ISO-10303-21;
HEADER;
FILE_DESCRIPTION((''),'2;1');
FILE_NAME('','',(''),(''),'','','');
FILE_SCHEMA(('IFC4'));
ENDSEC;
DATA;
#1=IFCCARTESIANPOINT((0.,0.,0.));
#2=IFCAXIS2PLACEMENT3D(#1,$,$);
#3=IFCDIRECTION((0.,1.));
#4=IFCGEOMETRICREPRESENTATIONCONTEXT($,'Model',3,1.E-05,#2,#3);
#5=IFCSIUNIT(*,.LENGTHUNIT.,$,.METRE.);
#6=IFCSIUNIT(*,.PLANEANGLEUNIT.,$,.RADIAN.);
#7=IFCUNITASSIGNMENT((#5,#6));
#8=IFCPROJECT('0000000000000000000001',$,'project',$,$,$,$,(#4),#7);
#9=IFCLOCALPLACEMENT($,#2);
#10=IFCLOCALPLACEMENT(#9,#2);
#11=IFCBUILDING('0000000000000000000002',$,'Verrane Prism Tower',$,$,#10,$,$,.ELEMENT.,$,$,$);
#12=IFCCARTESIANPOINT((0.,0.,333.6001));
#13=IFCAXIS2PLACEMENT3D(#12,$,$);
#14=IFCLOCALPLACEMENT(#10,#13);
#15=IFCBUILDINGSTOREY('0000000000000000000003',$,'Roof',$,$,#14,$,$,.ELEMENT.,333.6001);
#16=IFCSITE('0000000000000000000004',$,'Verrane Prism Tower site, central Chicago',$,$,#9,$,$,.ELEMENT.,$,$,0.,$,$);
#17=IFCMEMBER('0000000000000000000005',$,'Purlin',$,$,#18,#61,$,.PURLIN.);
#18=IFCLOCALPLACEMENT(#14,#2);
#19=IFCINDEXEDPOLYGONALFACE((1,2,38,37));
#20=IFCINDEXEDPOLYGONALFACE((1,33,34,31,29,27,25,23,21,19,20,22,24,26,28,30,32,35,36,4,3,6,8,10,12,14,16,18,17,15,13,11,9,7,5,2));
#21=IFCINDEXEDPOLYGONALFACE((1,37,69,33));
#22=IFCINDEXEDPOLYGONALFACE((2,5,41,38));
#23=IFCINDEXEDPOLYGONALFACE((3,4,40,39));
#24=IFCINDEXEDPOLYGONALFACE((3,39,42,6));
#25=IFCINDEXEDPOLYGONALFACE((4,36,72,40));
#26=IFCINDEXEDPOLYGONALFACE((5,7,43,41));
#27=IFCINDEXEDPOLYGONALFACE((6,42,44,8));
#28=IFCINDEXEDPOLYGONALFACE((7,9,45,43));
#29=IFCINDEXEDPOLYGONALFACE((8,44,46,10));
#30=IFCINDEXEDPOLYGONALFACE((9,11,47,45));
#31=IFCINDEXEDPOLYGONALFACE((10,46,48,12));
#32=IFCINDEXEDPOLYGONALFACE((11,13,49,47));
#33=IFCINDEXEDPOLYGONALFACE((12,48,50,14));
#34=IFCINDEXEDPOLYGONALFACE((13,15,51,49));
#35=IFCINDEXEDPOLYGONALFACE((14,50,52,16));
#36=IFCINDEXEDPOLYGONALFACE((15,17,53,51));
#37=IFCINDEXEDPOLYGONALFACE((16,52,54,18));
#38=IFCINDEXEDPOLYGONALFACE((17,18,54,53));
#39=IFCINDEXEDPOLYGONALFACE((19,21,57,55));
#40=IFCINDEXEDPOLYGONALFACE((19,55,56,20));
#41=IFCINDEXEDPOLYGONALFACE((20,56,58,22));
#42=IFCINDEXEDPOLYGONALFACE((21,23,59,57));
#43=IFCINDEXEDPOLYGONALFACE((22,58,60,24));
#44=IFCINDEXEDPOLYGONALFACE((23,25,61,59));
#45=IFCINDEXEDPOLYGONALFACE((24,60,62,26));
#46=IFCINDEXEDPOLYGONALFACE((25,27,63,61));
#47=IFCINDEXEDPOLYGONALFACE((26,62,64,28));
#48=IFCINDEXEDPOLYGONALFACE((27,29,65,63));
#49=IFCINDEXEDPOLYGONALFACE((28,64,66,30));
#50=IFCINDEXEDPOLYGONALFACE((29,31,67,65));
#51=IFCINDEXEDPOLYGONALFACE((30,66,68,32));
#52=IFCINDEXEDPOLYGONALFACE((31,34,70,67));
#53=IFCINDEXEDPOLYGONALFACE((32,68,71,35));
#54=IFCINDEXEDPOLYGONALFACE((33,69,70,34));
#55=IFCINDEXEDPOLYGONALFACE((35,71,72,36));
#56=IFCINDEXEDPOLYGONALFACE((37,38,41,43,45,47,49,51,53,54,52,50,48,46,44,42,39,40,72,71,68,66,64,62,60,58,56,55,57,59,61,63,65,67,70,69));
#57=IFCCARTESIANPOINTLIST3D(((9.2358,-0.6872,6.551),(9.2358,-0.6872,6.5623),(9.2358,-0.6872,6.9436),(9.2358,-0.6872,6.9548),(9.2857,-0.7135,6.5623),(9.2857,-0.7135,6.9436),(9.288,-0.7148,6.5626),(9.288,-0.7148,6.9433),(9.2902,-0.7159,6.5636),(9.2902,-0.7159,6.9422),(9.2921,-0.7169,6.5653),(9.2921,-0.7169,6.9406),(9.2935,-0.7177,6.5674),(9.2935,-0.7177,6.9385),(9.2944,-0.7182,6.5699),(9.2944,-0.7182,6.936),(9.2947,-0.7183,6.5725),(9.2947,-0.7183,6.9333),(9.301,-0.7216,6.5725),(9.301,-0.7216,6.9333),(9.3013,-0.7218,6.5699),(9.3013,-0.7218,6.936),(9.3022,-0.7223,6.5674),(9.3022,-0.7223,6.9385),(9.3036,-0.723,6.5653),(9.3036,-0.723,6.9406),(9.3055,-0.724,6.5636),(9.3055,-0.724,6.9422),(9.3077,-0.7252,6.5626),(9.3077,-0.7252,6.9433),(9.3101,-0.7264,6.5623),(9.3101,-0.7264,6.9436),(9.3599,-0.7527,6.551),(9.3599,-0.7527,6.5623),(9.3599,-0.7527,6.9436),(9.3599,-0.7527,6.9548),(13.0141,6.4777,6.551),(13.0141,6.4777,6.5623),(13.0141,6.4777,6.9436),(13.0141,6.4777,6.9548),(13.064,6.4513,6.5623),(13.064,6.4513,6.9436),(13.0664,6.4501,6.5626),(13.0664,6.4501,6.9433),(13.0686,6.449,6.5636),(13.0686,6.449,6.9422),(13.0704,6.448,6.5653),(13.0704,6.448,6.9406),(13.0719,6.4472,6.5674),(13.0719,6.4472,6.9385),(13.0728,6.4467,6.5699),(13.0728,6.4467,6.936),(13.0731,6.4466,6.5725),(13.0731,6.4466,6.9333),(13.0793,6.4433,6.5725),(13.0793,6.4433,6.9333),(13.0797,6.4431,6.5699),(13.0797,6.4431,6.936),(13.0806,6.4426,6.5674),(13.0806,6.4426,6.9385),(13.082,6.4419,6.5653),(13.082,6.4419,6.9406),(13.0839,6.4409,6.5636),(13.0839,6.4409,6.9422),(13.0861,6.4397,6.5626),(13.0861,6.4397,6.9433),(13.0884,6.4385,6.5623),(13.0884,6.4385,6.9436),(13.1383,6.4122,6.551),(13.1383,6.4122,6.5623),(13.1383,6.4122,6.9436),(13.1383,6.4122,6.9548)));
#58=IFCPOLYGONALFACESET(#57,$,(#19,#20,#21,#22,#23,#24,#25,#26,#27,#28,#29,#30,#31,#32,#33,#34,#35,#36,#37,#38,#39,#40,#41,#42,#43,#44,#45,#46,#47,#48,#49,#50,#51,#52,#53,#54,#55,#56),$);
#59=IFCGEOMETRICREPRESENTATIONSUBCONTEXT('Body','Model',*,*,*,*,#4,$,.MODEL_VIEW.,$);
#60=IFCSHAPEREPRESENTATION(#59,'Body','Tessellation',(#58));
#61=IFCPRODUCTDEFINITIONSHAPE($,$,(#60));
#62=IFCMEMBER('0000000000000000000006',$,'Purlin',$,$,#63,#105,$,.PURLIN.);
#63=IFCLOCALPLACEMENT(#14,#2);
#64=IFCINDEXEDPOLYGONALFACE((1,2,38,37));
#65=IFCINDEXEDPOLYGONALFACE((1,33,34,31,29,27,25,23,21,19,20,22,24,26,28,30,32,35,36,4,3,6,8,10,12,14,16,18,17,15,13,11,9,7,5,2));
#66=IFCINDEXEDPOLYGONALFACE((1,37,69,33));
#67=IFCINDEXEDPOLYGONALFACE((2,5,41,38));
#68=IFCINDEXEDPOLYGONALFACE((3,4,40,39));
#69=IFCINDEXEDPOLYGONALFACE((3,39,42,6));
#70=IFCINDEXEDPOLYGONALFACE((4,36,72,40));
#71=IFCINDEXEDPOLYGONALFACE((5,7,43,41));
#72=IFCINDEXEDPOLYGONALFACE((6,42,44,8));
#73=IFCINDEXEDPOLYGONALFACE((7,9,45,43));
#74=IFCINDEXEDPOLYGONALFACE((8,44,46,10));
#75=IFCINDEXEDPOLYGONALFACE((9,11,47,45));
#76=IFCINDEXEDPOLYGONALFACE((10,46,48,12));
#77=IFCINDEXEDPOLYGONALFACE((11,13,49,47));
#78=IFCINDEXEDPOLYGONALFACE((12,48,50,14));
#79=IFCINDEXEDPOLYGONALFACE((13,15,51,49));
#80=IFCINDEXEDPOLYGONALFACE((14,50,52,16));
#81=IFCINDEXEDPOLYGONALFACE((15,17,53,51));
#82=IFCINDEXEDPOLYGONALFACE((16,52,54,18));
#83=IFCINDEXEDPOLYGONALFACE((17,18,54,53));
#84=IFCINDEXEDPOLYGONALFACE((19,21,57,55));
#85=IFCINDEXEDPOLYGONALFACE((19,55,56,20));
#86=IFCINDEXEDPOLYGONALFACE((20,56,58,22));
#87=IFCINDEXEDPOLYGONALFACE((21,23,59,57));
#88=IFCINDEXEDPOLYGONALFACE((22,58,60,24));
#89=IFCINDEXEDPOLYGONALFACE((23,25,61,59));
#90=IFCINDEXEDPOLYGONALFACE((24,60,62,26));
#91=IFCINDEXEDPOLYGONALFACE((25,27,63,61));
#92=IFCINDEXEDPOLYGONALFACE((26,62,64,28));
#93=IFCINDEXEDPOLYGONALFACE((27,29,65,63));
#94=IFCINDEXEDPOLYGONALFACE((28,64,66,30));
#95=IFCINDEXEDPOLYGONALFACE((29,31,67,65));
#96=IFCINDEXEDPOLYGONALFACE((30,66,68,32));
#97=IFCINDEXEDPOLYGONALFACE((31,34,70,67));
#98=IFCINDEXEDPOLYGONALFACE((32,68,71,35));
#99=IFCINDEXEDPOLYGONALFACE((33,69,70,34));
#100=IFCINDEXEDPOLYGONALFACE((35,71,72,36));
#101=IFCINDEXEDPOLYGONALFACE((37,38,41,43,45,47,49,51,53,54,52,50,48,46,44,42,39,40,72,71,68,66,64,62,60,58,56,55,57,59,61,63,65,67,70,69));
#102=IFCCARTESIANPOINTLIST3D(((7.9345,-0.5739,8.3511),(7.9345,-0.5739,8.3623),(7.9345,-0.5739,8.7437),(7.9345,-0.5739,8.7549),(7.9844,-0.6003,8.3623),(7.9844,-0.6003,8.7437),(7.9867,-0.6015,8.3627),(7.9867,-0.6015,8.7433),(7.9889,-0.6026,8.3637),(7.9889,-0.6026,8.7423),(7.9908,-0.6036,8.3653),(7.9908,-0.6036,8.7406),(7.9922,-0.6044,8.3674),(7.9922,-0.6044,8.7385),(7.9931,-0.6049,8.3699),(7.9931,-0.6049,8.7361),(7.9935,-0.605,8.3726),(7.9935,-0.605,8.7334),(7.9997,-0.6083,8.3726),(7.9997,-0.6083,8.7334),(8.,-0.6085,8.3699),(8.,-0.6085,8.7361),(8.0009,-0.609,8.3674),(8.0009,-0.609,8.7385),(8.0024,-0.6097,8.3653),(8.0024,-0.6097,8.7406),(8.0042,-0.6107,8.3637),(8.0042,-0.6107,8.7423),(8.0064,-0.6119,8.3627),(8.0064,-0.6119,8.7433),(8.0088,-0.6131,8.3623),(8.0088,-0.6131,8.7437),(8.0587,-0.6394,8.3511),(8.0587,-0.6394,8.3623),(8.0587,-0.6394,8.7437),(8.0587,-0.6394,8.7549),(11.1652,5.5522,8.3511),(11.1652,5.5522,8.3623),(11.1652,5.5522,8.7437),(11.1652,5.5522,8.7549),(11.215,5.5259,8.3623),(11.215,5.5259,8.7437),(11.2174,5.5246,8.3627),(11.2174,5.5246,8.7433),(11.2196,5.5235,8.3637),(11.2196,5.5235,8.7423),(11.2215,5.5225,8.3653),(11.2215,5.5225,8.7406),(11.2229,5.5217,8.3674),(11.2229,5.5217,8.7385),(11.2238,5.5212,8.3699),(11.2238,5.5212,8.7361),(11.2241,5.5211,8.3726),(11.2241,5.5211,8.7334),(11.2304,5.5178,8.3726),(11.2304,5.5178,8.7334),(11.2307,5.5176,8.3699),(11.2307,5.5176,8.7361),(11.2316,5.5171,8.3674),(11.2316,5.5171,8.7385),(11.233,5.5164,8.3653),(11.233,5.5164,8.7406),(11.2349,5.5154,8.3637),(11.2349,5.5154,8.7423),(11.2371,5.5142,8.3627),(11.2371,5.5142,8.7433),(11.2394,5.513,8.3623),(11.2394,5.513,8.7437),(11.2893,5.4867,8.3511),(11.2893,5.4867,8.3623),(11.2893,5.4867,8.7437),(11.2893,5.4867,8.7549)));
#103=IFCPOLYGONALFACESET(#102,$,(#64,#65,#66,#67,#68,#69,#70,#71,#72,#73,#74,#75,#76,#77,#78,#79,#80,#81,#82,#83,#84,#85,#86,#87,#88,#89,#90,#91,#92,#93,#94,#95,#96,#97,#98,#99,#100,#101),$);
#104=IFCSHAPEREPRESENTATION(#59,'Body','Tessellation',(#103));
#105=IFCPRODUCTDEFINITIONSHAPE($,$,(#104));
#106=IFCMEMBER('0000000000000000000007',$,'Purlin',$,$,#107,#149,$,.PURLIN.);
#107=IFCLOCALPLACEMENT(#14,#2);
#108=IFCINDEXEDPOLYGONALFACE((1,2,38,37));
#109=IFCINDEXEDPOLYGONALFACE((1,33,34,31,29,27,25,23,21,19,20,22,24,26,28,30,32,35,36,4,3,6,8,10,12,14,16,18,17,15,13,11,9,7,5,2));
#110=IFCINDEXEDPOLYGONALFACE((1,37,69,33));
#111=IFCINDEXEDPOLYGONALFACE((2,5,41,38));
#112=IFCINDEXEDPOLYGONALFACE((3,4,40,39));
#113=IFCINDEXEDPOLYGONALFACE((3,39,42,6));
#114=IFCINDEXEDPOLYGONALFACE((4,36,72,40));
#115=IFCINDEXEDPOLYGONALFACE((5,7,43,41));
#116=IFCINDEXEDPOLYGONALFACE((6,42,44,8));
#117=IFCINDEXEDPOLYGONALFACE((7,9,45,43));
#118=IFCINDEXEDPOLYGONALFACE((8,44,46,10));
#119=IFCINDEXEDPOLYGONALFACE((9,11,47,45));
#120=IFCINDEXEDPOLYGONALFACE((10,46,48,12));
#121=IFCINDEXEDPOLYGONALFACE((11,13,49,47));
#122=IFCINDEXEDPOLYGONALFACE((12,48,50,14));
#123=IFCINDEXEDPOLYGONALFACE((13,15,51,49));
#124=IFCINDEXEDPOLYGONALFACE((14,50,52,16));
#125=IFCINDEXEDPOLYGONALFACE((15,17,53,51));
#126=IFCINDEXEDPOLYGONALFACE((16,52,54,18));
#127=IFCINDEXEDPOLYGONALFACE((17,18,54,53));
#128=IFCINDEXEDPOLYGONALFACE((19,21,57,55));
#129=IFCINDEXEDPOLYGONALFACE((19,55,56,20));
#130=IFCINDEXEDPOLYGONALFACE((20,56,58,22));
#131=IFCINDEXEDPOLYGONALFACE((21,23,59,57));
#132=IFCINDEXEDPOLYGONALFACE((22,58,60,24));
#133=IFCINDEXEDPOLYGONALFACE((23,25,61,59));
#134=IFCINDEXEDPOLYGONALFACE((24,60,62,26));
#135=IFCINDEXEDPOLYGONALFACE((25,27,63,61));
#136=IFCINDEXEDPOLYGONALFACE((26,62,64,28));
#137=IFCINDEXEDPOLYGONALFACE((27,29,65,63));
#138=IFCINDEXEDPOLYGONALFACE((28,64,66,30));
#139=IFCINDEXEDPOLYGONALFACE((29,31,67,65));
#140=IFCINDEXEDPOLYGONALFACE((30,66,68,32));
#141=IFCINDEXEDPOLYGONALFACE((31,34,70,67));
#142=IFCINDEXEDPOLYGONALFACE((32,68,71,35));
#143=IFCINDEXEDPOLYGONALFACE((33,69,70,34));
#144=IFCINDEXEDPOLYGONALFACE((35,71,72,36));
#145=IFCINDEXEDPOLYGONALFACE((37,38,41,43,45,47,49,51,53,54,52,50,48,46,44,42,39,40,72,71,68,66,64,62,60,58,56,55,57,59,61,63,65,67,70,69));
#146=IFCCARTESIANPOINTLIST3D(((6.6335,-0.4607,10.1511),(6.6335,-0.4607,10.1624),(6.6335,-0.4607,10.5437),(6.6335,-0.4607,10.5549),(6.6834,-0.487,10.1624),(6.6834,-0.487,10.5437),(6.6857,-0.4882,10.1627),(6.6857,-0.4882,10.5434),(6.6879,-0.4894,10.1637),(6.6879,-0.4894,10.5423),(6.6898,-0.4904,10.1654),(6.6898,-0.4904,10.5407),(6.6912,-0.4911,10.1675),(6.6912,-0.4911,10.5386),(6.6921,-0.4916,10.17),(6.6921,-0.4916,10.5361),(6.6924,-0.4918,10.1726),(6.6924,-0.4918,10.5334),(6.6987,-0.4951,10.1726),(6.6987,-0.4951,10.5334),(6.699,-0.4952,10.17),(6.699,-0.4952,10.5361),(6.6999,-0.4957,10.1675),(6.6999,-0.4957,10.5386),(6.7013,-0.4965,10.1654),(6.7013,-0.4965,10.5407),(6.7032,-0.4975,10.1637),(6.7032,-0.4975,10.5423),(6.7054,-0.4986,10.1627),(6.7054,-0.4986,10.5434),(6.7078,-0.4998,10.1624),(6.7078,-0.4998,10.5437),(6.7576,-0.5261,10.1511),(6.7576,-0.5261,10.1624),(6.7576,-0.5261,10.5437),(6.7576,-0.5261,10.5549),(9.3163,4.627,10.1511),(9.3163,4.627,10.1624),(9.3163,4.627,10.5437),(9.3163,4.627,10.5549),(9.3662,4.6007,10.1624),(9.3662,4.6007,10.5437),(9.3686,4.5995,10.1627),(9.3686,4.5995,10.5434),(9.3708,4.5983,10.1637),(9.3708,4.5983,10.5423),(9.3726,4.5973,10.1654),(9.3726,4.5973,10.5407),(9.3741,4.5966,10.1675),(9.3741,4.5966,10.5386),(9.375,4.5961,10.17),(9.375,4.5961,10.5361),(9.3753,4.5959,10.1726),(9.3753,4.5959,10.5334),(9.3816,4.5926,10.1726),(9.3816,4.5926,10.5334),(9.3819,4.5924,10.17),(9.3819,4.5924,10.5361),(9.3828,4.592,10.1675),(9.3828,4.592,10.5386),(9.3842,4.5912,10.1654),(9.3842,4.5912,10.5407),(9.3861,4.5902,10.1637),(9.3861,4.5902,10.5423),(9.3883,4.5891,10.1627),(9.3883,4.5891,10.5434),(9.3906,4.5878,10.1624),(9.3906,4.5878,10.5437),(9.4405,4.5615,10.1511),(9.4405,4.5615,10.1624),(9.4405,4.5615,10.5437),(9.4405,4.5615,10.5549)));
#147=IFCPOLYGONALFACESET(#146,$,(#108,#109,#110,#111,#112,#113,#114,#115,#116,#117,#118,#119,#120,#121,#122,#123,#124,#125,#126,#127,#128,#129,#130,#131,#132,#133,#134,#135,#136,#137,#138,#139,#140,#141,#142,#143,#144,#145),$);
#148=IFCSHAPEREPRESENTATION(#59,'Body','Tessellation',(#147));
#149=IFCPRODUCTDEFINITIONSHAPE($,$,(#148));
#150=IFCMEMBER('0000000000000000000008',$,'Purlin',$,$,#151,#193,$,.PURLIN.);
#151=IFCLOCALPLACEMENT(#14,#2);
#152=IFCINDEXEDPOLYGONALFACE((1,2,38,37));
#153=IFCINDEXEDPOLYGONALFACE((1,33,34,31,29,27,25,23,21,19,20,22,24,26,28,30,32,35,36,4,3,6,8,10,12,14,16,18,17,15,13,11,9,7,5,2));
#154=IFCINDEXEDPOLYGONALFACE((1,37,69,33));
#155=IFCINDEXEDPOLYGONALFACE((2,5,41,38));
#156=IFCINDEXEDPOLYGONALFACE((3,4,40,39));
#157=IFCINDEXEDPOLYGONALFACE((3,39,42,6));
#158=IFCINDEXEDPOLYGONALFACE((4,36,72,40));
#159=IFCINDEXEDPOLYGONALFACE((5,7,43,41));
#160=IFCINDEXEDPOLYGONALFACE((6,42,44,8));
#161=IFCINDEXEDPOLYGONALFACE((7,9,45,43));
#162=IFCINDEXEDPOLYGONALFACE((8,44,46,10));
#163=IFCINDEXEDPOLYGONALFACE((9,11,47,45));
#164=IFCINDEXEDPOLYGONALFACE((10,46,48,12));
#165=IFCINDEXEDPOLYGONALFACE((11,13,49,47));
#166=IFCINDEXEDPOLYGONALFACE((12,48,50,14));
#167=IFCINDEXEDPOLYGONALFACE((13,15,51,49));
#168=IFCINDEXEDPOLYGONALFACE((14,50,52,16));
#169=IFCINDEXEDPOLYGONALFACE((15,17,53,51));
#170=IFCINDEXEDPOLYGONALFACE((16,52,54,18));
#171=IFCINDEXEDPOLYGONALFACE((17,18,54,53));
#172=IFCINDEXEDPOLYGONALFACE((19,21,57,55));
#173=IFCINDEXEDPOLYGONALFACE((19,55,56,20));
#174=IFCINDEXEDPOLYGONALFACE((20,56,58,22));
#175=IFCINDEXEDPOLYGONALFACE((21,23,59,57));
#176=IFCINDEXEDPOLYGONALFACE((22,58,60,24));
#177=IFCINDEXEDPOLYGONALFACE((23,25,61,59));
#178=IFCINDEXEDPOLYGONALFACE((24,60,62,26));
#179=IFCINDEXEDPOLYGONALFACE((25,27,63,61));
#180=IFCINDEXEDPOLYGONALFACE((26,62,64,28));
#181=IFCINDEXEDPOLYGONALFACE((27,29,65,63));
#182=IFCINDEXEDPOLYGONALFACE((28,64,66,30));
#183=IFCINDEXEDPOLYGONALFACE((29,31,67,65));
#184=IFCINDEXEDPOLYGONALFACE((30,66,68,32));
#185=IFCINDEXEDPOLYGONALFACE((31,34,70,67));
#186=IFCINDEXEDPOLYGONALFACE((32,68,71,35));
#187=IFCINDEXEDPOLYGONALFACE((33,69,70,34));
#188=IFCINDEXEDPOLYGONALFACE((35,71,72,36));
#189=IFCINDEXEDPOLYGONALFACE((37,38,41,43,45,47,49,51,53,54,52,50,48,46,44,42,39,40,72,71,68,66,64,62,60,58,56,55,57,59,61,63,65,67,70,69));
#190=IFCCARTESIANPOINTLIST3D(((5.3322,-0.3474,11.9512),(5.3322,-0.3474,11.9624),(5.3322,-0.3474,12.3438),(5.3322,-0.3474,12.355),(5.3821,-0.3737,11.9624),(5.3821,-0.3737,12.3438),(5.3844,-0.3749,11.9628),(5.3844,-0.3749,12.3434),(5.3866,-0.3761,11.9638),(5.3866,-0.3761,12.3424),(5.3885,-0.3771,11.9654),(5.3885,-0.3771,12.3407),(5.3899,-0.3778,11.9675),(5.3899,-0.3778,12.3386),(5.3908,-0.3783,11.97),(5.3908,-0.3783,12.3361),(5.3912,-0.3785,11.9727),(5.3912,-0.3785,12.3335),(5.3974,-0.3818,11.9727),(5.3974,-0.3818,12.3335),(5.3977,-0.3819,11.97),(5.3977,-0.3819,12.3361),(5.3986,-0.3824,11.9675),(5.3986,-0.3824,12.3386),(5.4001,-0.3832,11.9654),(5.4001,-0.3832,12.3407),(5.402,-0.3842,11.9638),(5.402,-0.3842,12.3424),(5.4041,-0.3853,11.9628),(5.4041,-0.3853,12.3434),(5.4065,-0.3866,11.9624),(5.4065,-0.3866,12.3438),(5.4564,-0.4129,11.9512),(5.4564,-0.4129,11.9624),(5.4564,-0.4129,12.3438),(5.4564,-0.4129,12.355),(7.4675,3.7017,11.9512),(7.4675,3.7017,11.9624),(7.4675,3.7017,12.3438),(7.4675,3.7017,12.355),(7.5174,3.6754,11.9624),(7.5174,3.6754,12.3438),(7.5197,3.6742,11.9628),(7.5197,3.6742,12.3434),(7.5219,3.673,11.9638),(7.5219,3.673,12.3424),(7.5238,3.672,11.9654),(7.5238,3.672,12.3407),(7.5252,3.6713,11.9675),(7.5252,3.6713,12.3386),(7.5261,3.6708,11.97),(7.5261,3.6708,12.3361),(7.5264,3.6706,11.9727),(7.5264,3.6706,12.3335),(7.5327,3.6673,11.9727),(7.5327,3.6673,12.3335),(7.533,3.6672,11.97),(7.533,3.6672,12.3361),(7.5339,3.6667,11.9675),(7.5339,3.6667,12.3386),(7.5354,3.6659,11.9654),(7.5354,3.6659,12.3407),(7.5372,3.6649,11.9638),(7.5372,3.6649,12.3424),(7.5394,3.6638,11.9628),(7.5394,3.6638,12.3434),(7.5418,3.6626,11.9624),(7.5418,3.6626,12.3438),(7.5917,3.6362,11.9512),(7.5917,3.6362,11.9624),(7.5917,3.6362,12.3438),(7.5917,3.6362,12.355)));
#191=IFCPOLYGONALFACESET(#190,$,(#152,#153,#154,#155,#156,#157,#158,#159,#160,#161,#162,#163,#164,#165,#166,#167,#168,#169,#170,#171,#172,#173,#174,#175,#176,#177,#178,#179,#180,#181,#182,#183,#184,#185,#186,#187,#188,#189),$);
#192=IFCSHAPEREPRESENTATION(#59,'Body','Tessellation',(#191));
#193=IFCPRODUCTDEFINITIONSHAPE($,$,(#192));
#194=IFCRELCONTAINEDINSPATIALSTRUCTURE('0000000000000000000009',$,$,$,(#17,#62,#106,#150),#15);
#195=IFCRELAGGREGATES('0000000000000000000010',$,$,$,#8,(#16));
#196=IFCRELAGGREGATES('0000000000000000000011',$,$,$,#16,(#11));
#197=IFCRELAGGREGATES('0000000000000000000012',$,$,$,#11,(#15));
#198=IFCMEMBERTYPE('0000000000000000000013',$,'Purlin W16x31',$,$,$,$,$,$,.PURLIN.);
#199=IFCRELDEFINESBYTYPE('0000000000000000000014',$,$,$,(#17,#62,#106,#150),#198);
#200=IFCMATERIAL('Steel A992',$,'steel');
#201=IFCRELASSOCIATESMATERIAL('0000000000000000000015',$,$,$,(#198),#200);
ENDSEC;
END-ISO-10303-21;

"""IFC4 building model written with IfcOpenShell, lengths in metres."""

from ifc_helpers import new_model, si_unit, direction, frame, origin, origin_2d, place, context, subcontext, project, spatial, i_section, extrude, material, material_profile, profile_set, type_object, element, save


model = new_model("IFC4")

# Units and contexts
model_context = context("Model", 3, precision=1e-05, world=origin(), true_north=direction((0.0, 1.0)))
body_context = subcontext(model_context, "Body", "Model", "MODEL_VIEW")
ifc_project = project(units=[si_unit("LENGTHUNIT", "METRE"), si_unit("PLANEANGLEUNIT", "RADIAN")], contexts=[model_context])

# Site, building, storey
site_placement = place(None, origin())
site = spatial("IfcSite", under=ifc_project, at=site_placement, Name="Verrane Prism Tower site, central Chicago", CompositionType="ELEMENT", RefElevation=0.0)
building_placement = place(site_placement, origin())
building = spatial("IfcBuilding", under=site, at=building_placement, Name="Verrane Prism Tower", CompositionType="ELEMENT")
storey_placement = place(building_placement, frame((0.0, 0.0, 333.6001)))
storey = spatial("IfcBuildingStorey", under=building, at=storey_placement, Name="Roof", CompositionType="ELEMENT", Elevation=333.6001)

# Members
ifc_material_1 = material(Name="Steel A992", Category="steel")
ifc_material_profile_1 = material_profile(ifc_material_1, i_section(OverallWidth=0.1404, OverallDepth=0.4038, WebThickness=0.0071, FlangeThickness=0.0112, FilletRadius=0.0103, at=origin_2d()), Name="W16x31")
ifc_profile_set_1 = profile_set([ifc_material_profile_1], Name="Steel A992")
member_type_1 = type_object("IfcMemberType", Name="Purlin W16x31", PredefinedType="PURLIN", material=ifc_profile_set_1)
member_1_placement = place(storey_placement, frame((9.2979, -0.72, 6.7529), z_axis=(0.466459, 0.884543, 0.0), x_axis=(-0.884543, 0.466459, 0.0)))
element("IfcMember", 1, at=member_1_placement, inside=storey, type_object=member_type_1, Name="Purlin", PredefinedType="PURLIN", context=body_context, shape_type="SweptSolid", body=[
    extrude(i_section(OverallWidth=0.1404, OverallDepth=0.4038, WebThickness=0.0071, FlangeThickness=0.0112, FilletRadius=0.0103, at=origin_2d()), origin(), (0.0, 0.0, 1.0), 8.1001),
])
member_2_placement = place(storey_placement, frame((7.9966, -0.6067, 8.553), z_axis=(0.466468, 0.884538, 0.0), x_axis=(-0.884538, 0.466468, 0.0)))
element("IfcMember", 2, at=member_2_placement, inside=storey, type_object=member_type_1, Name="Purlin", PredefinedType="PURLIN", context=body_context, shape_type="SweptSolid", body=[
    extrude(i_section(OverallWidth=0.1404, OverallDepth=0.4038, WebThickness=0.0071, FlangeThickness=0.0112, FilletRadius=0.0103, at=origin_2d()), origin(), (0.0, 0.0, 1.0), 6.9258),
])
member_3_placement = place(storey_placement, frame((6.6956, -0.4934, 10.353), z_axis=(0.466448, 0.884549, 0.0), x_axis=(-0.884549, 0.466448, 0.0)))
element("IfcMember", 3, at=member_3_placement, inside=storey, type_object=member_type_1, Name="Purlin", PredefinedType="PURLIN", context=body_context, shape_type="SweptSolid", body=[
    extrude(i_section(OverallWidth=0.1404, OverallDepth=0.4038, WebThickness=0.0071, FlangeThickness=0.0112, FilletRadius=0.0103, at=origin_2d()), origin(), (0.0, 0.0, 1.0), 5.7517),
])
member_4_placement = place(storey_placement, frame((5.3943, -0.3801, 12.1531), z_axis=(0.466458, 0.884543, 0.0), x_axis=(-0.884543, 0.466458, 0.0)))
element("IfcMember", 4, at=member_4_placement, inside=storey, type_object=member_type_1, Name="Purlin", PredefinedType="PURLIN", context=body_context, shape_type="SweptSolid", body=[
    extrude(i_section(OverallWidth=0.1404, OverallDepth=0.4038, WebThickness=0.0071, FlangeThickness=0.0112, FilletRadius=0.0103, at=origin_2d()), origin(), (0.0, 0.0, 1.0), 4.5776),
])

save(model, "model.ifc")
